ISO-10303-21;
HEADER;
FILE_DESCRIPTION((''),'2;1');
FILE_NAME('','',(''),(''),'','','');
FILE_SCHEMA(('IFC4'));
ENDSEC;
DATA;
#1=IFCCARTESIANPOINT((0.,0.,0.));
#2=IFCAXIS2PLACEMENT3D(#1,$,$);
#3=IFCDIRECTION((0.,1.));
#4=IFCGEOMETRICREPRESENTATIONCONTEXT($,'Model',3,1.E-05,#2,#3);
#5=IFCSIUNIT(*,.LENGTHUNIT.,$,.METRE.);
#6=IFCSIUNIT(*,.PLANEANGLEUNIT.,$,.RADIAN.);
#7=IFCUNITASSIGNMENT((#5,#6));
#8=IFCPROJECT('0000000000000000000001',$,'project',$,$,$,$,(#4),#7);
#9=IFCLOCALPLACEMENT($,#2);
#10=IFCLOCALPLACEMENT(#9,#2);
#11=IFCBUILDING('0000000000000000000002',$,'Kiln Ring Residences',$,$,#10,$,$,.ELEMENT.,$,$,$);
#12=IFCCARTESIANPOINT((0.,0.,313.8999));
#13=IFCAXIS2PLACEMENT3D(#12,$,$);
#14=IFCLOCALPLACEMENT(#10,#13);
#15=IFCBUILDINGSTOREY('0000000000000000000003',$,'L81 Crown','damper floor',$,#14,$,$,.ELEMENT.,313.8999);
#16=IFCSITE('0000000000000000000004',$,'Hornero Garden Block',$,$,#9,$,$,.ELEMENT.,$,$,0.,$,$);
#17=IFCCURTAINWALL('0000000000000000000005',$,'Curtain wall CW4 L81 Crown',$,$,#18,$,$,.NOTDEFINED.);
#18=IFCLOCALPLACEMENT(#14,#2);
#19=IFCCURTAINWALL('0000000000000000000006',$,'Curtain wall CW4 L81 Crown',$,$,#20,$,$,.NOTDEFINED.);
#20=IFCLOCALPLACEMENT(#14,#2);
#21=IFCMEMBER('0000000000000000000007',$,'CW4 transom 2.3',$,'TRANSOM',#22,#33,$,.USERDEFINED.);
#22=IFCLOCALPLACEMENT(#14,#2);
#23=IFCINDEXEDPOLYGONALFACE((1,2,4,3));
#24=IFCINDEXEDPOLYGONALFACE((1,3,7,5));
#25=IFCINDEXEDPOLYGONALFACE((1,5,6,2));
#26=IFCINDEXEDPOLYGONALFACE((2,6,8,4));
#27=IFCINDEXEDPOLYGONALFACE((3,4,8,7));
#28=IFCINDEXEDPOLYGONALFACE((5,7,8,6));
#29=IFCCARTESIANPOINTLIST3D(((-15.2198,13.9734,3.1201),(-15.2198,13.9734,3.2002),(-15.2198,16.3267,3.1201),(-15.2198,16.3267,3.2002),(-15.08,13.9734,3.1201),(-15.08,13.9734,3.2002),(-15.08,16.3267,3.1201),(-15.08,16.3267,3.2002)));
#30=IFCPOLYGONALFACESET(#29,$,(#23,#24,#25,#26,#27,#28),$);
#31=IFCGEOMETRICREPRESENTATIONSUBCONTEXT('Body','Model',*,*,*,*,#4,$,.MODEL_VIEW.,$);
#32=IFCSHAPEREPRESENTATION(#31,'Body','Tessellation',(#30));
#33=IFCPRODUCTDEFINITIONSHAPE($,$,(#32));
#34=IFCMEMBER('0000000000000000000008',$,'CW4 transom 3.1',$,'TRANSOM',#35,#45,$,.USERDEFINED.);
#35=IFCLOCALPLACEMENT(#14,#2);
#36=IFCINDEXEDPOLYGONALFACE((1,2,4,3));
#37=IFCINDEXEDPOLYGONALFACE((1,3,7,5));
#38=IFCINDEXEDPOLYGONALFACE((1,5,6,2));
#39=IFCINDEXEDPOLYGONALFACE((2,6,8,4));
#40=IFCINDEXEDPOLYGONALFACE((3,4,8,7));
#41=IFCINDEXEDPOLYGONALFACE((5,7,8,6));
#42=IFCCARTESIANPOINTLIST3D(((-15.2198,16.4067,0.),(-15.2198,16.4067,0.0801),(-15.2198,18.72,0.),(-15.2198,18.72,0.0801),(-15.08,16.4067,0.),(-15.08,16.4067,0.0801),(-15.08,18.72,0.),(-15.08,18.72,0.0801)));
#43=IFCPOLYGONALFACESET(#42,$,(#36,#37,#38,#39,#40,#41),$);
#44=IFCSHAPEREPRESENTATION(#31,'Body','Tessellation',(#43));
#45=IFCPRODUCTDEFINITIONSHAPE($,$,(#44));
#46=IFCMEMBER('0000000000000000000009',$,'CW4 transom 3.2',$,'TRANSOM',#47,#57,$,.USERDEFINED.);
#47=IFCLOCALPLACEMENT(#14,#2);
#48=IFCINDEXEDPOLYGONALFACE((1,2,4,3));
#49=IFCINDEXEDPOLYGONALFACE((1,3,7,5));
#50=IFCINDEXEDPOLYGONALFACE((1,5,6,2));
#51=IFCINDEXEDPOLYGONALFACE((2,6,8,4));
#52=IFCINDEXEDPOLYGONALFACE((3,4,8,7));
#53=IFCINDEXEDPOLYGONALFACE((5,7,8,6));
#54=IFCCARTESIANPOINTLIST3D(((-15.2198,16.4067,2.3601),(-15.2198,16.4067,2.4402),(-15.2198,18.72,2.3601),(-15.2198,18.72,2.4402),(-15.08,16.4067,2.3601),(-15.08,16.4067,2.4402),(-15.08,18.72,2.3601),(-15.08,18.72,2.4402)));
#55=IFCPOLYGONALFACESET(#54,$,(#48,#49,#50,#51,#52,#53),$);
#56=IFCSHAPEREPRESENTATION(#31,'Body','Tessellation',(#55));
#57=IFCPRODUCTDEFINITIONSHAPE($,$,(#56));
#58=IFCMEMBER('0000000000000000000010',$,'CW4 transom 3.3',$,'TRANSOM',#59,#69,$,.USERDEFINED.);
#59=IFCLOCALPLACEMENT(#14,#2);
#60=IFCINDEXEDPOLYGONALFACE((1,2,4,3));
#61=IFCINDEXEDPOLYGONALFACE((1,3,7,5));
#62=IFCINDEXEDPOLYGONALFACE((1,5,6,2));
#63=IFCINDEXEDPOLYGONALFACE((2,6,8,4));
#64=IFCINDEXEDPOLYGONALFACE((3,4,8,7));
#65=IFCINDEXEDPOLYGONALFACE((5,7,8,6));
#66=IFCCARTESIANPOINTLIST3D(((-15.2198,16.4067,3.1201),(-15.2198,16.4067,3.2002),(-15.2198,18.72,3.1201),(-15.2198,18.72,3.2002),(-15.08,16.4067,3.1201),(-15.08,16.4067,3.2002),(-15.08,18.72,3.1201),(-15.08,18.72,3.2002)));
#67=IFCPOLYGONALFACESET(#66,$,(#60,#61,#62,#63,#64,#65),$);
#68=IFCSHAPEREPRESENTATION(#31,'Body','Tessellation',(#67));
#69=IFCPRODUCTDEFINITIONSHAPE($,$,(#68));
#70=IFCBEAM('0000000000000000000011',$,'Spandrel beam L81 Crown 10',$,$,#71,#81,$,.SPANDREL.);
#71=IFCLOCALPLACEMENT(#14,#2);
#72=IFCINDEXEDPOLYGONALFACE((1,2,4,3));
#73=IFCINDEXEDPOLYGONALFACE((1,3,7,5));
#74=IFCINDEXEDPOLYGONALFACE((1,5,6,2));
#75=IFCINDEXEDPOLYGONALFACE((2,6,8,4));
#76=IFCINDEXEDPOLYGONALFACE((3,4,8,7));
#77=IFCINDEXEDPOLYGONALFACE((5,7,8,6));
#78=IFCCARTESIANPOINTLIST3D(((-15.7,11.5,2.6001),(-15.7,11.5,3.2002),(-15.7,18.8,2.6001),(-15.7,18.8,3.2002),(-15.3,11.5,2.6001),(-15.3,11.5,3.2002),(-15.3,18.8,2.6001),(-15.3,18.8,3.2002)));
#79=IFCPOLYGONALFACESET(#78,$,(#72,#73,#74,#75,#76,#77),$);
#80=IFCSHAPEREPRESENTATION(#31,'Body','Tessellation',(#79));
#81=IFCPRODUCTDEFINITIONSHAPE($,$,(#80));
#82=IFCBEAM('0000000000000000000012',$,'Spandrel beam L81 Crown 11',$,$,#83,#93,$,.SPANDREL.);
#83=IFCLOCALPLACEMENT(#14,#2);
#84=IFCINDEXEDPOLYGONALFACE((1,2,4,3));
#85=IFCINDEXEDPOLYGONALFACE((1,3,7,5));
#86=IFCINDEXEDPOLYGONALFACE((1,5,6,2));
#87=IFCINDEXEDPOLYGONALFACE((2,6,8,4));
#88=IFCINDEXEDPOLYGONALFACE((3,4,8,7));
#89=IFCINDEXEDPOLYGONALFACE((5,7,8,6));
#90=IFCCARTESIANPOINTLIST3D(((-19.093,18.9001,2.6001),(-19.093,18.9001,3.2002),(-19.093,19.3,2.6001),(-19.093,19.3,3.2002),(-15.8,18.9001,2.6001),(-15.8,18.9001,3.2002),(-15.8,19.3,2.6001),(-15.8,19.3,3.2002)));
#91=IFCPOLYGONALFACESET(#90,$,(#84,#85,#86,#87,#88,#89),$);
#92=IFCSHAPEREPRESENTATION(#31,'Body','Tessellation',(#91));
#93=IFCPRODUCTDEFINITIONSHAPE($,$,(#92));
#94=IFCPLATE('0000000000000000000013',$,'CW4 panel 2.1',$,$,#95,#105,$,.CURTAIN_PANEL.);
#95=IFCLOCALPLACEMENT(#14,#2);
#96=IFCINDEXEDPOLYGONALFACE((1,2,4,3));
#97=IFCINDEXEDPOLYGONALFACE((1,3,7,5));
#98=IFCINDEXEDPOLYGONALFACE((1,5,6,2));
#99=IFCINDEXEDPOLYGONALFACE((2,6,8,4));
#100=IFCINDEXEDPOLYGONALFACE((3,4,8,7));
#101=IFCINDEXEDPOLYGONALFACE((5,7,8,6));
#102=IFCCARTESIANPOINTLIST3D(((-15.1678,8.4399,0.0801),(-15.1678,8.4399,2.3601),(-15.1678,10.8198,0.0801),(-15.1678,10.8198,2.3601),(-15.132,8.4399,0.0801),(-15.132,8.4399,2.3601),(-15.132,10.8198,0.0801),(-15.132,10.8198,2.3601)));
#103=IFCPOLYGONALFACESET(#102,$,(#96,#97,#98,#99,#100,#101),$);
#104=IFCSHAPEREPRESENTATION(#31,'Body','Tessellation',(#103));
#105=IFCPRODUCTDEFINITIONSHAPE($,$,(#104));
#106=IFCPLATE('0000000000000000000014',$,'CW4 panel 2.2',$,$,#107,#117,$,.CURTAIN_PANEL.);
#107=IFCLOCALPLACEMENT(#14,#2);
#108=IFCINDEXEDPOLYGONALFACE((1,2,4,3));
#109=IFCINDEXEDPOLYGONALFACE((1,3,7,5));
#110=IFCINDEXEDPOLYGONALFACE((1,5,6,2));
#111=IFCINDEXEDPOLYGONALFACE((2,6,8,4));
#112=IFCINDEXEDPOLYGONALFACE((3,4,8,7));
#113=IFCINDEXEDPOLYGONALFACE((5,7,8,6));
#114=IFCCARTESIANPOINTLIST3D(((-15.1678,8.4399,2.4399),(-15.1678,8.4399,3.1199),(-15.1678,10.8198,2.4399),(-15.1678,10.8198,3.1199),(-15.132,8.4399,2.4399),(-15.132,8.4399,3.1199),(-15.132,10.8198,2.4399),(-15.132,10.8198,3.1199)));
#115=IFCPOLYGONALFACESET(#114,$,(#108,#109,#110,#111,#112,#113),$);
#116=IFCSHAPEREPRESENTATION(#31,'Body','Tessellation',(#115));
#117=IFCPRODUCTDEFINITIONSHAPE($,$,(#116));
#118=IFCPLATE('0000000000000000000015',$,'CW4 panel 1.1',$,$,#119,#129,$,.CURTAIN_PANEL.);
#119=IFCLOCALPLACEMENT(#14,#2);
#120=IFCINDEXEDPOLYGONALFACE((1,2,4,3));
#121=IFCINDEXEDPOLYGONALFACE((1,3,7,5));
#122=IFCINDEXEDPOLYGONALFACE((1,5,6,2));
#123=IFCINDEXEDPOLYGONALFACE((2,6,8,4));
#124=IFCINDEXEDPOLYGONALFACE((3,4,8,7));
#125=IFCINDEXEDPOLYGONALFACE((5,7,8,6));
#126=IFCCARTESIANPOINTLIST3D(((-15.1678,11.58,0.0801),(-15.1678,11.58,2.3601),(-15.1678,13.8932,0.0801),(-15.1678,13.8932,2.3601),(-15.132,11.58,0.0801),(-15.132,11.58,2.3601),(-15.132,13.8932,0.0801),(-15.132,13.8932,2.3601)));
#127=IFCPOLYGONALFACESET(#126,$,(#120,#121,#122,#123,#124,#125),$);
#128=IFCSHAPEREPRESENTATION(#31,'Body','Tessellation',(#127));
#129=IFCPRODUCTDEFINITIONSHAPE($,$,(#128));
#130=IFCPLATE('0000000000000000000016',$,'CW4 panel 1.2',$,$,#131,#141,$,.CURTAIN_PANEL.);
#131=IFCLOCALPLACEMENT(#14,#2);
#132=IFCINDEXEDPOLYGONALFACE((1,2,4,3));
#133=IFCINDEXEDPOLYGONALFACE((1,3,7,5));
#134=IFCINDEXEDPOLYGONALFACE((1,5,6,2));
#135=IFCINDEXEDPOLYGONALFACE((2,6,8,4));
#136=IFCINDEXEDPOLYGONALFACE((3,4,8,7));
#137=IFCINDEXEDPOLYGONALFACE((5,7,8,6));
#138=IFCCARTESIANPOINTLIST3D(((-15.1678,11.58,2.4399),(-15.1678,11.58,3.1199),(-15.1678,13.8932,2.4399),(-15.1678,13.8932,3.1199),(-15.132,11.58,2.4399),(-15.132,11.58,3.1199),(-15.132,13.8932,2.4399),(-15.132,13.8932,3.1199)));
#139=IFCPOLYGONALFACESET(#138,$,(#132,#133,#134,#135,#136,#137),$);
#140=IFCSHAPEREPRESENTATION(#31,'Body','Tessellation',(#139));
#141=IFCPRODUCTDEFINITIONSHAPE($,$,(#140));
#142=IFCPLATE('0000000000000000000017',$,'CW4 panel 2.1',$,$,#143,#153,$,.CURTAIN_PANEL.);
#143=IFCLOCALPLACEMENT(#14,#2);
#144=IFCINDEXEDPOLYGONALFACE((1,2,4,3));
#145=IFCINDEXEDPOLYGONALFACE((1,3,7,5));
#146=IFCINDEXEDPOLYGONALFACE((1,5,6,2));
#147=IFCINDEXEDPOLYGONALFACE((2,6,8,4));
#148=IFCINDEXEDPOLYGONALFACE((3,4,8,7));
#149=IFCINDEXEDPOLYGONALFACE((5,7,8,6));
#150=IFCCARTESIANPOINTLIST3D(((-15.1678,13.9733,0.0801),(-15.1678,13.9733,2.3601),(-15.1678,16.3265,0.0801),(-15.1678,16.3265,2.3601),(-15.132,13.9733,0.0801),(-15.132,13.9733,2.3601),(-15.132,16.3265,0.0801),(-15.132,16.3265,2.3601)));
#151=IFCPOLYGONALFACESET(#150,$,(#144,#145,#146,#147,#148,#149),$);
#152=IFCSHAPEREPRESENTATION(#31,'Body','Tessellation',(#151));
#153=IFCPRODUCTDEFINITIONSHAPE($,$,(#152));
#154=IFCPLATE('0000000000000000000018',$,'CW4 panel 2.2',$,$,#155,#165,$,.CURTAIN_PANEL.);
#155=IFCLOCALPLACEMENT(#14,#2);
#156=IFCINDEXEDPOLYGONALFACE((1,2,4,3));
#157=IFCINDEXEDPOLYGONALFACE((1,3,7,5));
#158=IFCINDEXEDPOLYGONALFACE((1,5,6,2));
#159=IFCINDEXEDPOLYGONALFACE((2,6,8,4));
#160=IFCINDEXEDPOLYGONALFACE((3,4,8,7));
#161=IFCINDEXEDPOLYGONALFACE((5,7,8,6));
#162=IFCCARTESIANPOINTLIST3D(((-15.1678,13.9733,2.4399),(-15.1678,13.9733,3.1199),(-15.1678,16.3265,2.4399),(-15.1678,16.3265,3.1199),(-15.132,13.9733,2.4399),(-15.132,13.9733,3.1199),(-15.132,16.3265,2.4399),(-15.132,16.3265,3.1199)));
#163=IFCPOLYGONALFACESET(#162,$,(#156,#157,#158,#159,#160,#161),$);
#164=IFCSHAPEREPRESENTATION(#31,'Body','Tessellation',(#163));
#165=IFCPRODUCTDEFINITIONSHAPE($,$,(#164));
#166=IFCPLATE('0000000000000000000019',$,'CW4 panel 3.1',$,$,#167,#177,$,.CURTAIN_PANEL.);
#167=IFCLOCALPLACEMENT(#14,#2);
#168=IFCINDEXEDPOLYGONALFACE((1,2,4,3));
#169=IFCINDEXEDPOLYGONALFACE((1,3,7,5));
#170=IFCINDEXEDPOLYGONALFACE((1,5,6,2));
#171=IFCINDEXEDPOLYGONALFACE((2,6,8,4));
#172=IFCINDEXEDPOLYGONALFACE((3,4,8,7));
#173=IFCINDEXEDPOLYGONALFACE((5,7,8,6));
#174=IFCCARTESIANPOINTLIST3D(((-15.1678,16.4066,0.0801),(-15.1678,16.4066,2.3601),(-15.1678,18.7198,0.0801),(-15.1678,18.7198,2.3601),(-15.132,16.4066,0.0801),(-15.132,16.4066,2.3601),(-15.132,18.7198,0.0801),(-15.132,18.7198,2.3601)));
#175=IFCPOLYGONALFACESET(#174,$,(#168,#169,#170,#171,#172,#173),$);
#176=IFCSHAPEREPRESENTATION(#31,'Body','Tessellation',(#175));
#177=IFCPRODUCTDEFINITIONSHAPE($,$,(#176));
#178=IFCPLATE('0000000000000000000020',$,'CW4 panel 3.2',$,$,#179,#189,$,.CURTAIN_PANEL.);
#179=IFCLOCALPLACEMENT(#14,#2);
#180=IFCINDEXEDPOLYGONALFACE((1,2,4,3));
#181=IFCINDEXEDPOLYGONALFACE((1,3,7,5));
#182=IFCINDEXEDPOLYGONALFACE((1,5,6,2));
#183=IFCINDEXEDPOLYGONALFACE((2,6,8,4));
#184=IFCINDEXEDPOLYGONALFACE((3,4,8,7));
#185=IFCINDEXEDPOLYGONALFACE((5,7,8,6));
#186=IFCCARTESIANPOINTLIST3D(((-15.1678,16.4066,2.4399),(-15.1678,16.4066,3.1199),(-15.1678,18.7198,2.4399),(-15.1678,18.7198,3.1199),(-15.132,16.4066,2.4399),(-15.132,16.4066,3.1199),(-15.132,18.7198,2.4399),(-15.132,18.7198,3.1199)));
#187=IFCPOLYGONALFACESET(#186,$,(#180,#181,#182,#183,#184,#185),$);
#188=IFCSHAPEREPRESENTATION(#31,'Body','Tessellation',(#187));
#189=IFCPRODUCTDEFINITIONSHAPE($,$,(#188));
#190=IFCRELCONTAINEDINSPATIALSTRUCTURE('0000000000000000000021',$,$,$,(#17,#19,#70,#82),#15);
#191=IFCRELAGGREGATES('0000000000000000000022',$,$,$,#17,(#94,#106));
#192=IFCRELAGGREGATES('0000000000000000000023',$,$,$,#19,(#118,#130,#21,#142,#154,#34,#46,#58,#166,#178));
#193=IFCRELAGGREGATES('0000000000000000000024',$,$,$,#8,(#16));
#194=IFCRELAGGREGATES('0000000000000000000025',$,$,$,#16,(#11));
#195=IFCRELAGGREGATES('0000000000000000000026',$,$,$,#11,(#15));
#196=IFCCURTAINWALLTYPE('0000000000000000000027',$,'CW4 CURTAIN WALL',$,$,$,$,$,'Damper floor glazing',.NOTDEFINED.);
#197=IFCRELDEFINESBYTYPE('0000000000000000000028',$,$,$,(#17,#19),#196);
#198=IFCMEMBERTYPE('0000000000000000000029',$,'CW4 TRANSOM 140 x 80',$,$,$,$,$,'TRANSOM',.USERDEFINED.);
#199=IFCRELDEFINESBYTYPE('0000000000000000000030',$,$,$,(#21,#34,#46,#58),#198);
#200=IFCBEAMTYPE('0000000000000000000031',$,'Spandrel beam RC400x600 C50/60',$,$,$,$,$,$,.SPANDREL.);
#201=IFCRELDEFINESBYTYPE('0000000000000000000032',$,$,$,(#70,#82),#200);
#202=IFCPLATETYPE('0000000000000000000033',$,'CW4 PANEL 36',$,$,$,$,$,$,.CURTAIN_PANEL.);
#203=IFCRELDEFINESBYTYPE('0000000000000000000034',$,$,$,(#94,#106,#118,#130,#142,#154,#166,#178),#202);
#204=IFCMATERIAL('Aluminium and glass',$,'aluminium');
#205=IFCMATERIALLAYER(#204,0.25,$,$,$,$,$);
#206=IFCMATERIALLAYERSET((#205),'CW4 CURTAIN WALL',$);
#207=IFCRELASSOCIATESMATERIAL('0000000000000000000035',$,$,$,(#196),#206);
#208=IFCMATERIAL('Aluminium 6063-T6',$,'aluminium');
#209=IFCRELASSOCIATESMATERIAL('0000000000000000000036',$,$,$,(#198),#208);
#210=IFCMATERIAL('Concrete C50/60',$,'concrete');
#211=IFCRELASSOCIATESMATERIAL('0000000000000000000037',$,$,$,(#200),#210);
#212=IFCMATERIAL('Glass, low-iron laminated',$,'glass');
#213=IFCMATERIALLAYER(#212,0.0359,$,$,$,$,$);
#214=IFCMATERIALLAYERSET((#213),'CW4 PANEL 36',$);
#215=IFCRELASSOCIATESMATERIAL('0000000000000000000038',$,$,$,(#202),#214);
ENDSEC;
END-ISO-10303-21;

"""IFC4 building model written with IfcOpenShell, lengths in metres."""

from ifc_helpers import new_model, si_unit, direction, frame, origin, origin_2d, place, context, subcontext, project, spatial, rectangle, extrude, material, layer, layer_set, material_profile, profile_set, type_object, element, aggregate, save


model = new_model("IFC4")

# Units and contexts
model_context = context("Model", 3, precision=1e-05, world=origin(), true_north=direction((0.0, 1.0)))
body_context = subcontext(model_context, "Body", "Model", "MODEL_VIEW")
ifc_project = project(units=[si_unit("LENGTHUNIT", "METRE"), si_unit("PLANEANGLEUNIT", "RADIAN")], contexts=[model_context])

# Site, building, storey
site_placement = place(None, origin())
site = spatial("IfcSite", under=ifc_project, at=site_placement, Name="Hornero Garden Block", CompositionType="ELEMENT", RefElevation=0.0)
building_placement = place(site_placement, origin())
building = spatial("IfcBuilding", under=site, at=building_placement, Name="Kiln Ring Residences", CompositionType="ELEMENT")
storey_placement = place(building_placement, frame((0.0, 0.0, 313.8999)))
storey = spatial("IfcBuildingStorey", under=building, at=storey_placement, Name="L81 Crown", Description="damper floor", CompositionType="ELEMENT", Elevation=313.8999)

# Curtain wall
ifc_material_1 = material(Name="Aluminium and glass", Category="aluminium")
ifc_layer_1 = layer(ifc_material_1, 0.25)
ifc_layer_set_1 = layer_set([ifc_layer_1], Name="CW4 CURTAIN WALL")
curtain_wall_type = type_object("IfcCurtainWallType", Name="CW4 CURTAIN WALL", ElementType="Damper floor glazing", PredefinedType="NOTDEFINED", material=ifc_layer_set_1)
placement = place(storey_placement, origin())
curtain_wall_1 = element("IfcCurtainWall", 1, at=placement, inside=storey, type_object=curtain_wall_type, Name="Curtain wall CW4 L81 Crown", PredefinedType="NOTDEFINED")

# Curtain wall
curtain_wall_2 = element("IfcCurtainWall", 2, at=placement, inside=storey, type_object=curtain_wall_type, Name="Curtain wall CW4 L81 Crown", PredefinedType="NOTDEFINED")

# Members
ifc_material_2 = material(Name="Aluminium 6063-T6", Category="aluminium")
ifc_material_profile_1 = material_profile(ifc_material_2, rectangle(XDim=0.1399, YDim=0.0801, at=origin_2d()), Name="AL 140x80")
ifc_profile_set_1 = profile_set([ifc_material_profile_1], Name="Aluminium 6063-T6")
member_type_1 = type_object("IfcMemberType", Name="CW4 TRANSOM 140 x 80", ElementType="TRANSOM", PredefinedType="USERDEFINED", material=ifc_profile_set_1)
member_1_placement = place(storey_placement, frame((-15.1499, 13.9734, 3.1602), z_axis=(0.0, 1.0, 0.0), x_axis=(-1.0, 0.0, 0.0)))
member_1 = element("IfcMember", 3, at=member_1_placement, type_object=member_type_1, Name="CW4 transom 2.3", ObjectType="TRANSOM", PredefinedType="USERDEFINED", context=body_context, shape_type="SweptSolid", body=[
    extrude(rectangle(XDim=0.1399, YDim=0.0801, at=origin_2d()), origin(), (0.0, 0.0, 1.0), 2.3533),
])
member_2_placement = place(storey_placement, frame((-15.1499, 16.4067, 0.04), z_axis=(0.0, 1.0, 0.0), x_axis=(-1.0, 0.0, 0.0)))
member_2 = element("IfcMember", 4, at=member_2_placement, type_object=member_type_1, Name="CW4 transom 3.1", ObjectType="TRANSOM", PredefinedType="USERDEFINED", context=body_context, shape_type="SweptSolid", body=[
    extrude(rectangle(XDim=0.1399, YDim=0.0801, at=origin_2d()), origin(), (0.0, 0.0, 1.0), 2.3132),
])
member_3_placement = place(storey_placement, frame((-15.1499, 16.4067, 2.4001), z_axis=(0.0, 1.0, 0.0), x_axis=(-1.0, 0.0, 0.0)))
member_3 = element("IfcMember", 5, at=member_3_placement, type_object=member_type_1, Name="CW4 transom 3.2", ObjectType="TRANSOM", PredefinedType="USERDEFINED", context=body_context, shape_type="SweptSolid", body=[
    extrude(rectangle(XDim=0.1399, YDim=0.0801, at=origin_2d()), origin(), (0.0, 0.0, 1.0), 2.3132),
])
member_4_placement = place(storey_placement, frame((-15.1499, 16.4067, 3.1602), z_axis=(0.0, 1.0, 0.0), x_axis=(-1.0, 0.0, 0.0)))
member_4 = element("IfcMember", 6, at=member_4_placement, type_object=member_type_1, Name="CW4 transom 3.3", ObjectType="TRANSOM", PredefinedType="USERDEFINED", context=body_context, shape_type="SweptSolid", body=[
    extrude(rectangle(XDim=0.1399, YDim=0.0801, at=origin_2d()), origin(), (0.0, 0.0, 1.0), 2.3132),
])

# Beams
ifc_material_3 = material(Name="Concrete C50/60", Category="concrete")
ifc_material_profile_2 = material_profile(ifc_material_3, rectangle(XDim=0.3999, YDim=0.6001, at=origin_2d()), Name="RC400x600")
ifc_profile_set_2 = profile_set([ifc_material_profile_2], Name="Concrete C50/60")
beam_type = type_object("IfcBeamType", Name="Spandrel beam RC400x600 C50/60", PredefinedType="SPANDREL", material=ifc_profile_set_2)
beam_1_placement = place(storey_placement, frame((-15.5, 11.5, 2.9001), z_axis=(0.0, 1.0, 0.0), x_axis=(-1.0, 0.0, 0.0)))
element("IfcBeam", 7, at=beam_1_placement, inside=storey, type_object=beam_type, Name="Spandrel beam L81 Crown 10", PredefinedType="SPANDREL", context=body_context, shape_type="SweptSolid", body=[
    extrude(rectangle(XDim=0.3999, YDim=0.6001, at=origin_2d()), origin(), (0.0, 0.0, 1.0), 7.3),
])
beam_2_placement = place(storey_placement, frame((-15.8, 19.1001, 2.9001), z_axis=(-1.0, 0.0, 0.0), x_axis=(0.0, -1.0, 0.0)))
element("IfcBeam", 8, at=beam_2_placement, inside=storey, type_object=beam_type, Name="Spandrel beam L81 Crown 11", PredefinedType="SPANDREL", context=body_context, shape_type="SweptSolid", body=[
    extrude(rectangle(XDim=0.3999, YDim=0.6001, at=origin_2d()), origin(), (0.0, 0.0, 1.0), 3.293),
])

# Plates
ifc_material_4 = material(Name="Glass, low-iron laminated", Category="glass")
ifc_layer_2 = layer(ifc_material_4, 0.0359)
ifc_layer_set_2 = layer_set([ifc_layer_2], Name="CW4 PANEL 36")
plate_type = type_object("IfcPlateType", Name="CW4 PANEL 36", PredefinedType="CURTAIN_PANEL", material=ifc_layer_set_2)
plate_1_placement = place(storey_placement, frame((-15.1499, 9.6299, 0.0801), z_axis=(0.0, 0.0, 1.0), x_axis=(0.0, 1.0, 0.0)))
plate_1 = element("IfcPlate", 9, at=plate_1_placement, type_object=plate_type, Name="CW4 panel 2.1", PredefinedType="CURTAIN_PANEL", context=body_context, shape_type="SweptSolid", body=[
    extrude(rectangle(XDim=2.3799, YDim=0.0359, at=origin_2d()), origin(), (0.0, 0.0, 1.0), 2.28),
])
plate_2_placement = place(storey_placement, frame((-15.1499, 9.6299, 2.4399), z_axis=(0.0, 0.0, 1.0), x_axis=(0.0, 1.0, 0.0)))
plate_2 = element("IfcPlate", 10, at=plate_2_placement, type_object=plate_type, Name="CW4 panel 2.2", PredefinedType="CURTAIN_PANEL", context=body_context, shape_type="SweptSolid", body=[
    extrude(rectangle(XDim=2.3799, YDim=0.0359, at=origin_2d()), origin(), (0.0, 0.0, 1.0), 0.6799),
])
aggregate(curtain_wall_1, [plate_1, plate_2])
plate_3_placement = place(storey_placement, frame((-15.1499, 12.7366, 0.0801), z_axis=(0.0, 0.0, 1.0), x_axis=(0.0, 1.0, 0.0)))
plate_3 = element("IfcPlate", 11, at=plate_3_placement, type_object=plate_type, Name="CW4 panel 1.1", PredefinedType="CURTAIN_PANEL", context=body_context, shape_type="SweptSolid", body=[
    extrude(rectangle(XDim=2.3132, YDim=0.0359, at=origin_2d()), origin(), (0.0, 0.0, 1.0), 2.28),
])
plate_4_placement = place(storey_placement, frame((-15.1499, 12.7366, 2.4399), z_axis=(0.0, 0.0, 1.0), x_axis=(0.0, 1.0, 0.0)))
plate_4 = element("IfcPlate", 12, at=plate_4_placement, type_object=plate_type, Name="CW4 panel 1.2", PredefinedType="CURTAIN_PANEL", context=body_context, shape_type="SweptSolid", body=[
    extrude(rectangle(XDim=2.3132, YDim=0.0359, at=origin_2d()), origin(), (0.0, 0.0, 1.0), 0.6799),
])
plate_5_placement = place(storey_placement, frame((-15.1499, 15.1499, 0.0801), z_axis=(0.0, 0.0, 1.0), x_axis=(0.0, 1.0, 0.0)))
plate_5 = element("IfcPlate", 13, at=plate_5_placement, type_object=plate_type, Name="CW4 panel 2.1", PredefinedType="CURTAIN_PANEL", context=body_context, shape_type="SweptSolid", body=[
    extrude(rectangle(XDim=2.3533, YDim=0.0359, at=origin_2d()), origin(), (0.0, 0.0, 1.0), 2.28),
])
plate_6_placement = place(storey_placement, frame((-15.1499, 15.1499, 2.4399), z_axis=(0.0, 0.0, 1.0), x_axis=(0.0, 1.0, 0.0)))
plate_6 = element("IfcPlate", 14, at=plate_6_placement, type_object=plate_type, Name="CW4 panel 2.2", PredefinedType="CURTAIN_PANEL", context=body_context, shape_type="SweptSolid", body=[
    extrude(rectangle(XDim=2.3533, YDim=0.0359, at=origin_2d()), origin(), (0.0, 0.0, 1.0), 0.6799),
])
plate_7_placement = place(storey_placement, frame((-15.1499, 17.5632, 0.0801), z_axis=(0.0, 0.0, 1.0), x_axis=(0.0, 1.0, 0.0)))
plate_7 = element("IfcPlate", 15, at=plate_7_placement, type_object=plate_type, Name="CW4 panel 3.1", PredefinedType="CURTAIN_PANEL", context=body_context, shape_type="SweptSolid", body=[
    extrude(rectangle(XDim=2.3132, YDim=0.0359, at=origin_2d()), origin(), (0.0, 0.0, 1.0), 2.28),
])
plate_8_placement = place(storey_placement, frame((-15.1499, 17.5632, 2.4399), z_axis=(0.0, 0.0, 1.0), x_axis=(0.0, 1.0, 0.0)))
plate_8 = element("IfcPlate", 16, at=plate_8_placement, type_object=plate_type, Name="CW4 panel 3.2", PredefinedType="CURTAIN_PANEL", context=body_context, shape_type="SweptSolid", body=[
    extrude(rectangle(XDim=2.3132, YDim=0.0359, at=origin_2d()), origin(), (0.0, 0.0, 1.0), 0.6799),
])
aggregate(curtain_wall_2, [plate_3, plate_4, member_1, plate_5, plate_6, member_2, member_3, member_4, plate_7, plate_8])

save(model, "model.ifc")
